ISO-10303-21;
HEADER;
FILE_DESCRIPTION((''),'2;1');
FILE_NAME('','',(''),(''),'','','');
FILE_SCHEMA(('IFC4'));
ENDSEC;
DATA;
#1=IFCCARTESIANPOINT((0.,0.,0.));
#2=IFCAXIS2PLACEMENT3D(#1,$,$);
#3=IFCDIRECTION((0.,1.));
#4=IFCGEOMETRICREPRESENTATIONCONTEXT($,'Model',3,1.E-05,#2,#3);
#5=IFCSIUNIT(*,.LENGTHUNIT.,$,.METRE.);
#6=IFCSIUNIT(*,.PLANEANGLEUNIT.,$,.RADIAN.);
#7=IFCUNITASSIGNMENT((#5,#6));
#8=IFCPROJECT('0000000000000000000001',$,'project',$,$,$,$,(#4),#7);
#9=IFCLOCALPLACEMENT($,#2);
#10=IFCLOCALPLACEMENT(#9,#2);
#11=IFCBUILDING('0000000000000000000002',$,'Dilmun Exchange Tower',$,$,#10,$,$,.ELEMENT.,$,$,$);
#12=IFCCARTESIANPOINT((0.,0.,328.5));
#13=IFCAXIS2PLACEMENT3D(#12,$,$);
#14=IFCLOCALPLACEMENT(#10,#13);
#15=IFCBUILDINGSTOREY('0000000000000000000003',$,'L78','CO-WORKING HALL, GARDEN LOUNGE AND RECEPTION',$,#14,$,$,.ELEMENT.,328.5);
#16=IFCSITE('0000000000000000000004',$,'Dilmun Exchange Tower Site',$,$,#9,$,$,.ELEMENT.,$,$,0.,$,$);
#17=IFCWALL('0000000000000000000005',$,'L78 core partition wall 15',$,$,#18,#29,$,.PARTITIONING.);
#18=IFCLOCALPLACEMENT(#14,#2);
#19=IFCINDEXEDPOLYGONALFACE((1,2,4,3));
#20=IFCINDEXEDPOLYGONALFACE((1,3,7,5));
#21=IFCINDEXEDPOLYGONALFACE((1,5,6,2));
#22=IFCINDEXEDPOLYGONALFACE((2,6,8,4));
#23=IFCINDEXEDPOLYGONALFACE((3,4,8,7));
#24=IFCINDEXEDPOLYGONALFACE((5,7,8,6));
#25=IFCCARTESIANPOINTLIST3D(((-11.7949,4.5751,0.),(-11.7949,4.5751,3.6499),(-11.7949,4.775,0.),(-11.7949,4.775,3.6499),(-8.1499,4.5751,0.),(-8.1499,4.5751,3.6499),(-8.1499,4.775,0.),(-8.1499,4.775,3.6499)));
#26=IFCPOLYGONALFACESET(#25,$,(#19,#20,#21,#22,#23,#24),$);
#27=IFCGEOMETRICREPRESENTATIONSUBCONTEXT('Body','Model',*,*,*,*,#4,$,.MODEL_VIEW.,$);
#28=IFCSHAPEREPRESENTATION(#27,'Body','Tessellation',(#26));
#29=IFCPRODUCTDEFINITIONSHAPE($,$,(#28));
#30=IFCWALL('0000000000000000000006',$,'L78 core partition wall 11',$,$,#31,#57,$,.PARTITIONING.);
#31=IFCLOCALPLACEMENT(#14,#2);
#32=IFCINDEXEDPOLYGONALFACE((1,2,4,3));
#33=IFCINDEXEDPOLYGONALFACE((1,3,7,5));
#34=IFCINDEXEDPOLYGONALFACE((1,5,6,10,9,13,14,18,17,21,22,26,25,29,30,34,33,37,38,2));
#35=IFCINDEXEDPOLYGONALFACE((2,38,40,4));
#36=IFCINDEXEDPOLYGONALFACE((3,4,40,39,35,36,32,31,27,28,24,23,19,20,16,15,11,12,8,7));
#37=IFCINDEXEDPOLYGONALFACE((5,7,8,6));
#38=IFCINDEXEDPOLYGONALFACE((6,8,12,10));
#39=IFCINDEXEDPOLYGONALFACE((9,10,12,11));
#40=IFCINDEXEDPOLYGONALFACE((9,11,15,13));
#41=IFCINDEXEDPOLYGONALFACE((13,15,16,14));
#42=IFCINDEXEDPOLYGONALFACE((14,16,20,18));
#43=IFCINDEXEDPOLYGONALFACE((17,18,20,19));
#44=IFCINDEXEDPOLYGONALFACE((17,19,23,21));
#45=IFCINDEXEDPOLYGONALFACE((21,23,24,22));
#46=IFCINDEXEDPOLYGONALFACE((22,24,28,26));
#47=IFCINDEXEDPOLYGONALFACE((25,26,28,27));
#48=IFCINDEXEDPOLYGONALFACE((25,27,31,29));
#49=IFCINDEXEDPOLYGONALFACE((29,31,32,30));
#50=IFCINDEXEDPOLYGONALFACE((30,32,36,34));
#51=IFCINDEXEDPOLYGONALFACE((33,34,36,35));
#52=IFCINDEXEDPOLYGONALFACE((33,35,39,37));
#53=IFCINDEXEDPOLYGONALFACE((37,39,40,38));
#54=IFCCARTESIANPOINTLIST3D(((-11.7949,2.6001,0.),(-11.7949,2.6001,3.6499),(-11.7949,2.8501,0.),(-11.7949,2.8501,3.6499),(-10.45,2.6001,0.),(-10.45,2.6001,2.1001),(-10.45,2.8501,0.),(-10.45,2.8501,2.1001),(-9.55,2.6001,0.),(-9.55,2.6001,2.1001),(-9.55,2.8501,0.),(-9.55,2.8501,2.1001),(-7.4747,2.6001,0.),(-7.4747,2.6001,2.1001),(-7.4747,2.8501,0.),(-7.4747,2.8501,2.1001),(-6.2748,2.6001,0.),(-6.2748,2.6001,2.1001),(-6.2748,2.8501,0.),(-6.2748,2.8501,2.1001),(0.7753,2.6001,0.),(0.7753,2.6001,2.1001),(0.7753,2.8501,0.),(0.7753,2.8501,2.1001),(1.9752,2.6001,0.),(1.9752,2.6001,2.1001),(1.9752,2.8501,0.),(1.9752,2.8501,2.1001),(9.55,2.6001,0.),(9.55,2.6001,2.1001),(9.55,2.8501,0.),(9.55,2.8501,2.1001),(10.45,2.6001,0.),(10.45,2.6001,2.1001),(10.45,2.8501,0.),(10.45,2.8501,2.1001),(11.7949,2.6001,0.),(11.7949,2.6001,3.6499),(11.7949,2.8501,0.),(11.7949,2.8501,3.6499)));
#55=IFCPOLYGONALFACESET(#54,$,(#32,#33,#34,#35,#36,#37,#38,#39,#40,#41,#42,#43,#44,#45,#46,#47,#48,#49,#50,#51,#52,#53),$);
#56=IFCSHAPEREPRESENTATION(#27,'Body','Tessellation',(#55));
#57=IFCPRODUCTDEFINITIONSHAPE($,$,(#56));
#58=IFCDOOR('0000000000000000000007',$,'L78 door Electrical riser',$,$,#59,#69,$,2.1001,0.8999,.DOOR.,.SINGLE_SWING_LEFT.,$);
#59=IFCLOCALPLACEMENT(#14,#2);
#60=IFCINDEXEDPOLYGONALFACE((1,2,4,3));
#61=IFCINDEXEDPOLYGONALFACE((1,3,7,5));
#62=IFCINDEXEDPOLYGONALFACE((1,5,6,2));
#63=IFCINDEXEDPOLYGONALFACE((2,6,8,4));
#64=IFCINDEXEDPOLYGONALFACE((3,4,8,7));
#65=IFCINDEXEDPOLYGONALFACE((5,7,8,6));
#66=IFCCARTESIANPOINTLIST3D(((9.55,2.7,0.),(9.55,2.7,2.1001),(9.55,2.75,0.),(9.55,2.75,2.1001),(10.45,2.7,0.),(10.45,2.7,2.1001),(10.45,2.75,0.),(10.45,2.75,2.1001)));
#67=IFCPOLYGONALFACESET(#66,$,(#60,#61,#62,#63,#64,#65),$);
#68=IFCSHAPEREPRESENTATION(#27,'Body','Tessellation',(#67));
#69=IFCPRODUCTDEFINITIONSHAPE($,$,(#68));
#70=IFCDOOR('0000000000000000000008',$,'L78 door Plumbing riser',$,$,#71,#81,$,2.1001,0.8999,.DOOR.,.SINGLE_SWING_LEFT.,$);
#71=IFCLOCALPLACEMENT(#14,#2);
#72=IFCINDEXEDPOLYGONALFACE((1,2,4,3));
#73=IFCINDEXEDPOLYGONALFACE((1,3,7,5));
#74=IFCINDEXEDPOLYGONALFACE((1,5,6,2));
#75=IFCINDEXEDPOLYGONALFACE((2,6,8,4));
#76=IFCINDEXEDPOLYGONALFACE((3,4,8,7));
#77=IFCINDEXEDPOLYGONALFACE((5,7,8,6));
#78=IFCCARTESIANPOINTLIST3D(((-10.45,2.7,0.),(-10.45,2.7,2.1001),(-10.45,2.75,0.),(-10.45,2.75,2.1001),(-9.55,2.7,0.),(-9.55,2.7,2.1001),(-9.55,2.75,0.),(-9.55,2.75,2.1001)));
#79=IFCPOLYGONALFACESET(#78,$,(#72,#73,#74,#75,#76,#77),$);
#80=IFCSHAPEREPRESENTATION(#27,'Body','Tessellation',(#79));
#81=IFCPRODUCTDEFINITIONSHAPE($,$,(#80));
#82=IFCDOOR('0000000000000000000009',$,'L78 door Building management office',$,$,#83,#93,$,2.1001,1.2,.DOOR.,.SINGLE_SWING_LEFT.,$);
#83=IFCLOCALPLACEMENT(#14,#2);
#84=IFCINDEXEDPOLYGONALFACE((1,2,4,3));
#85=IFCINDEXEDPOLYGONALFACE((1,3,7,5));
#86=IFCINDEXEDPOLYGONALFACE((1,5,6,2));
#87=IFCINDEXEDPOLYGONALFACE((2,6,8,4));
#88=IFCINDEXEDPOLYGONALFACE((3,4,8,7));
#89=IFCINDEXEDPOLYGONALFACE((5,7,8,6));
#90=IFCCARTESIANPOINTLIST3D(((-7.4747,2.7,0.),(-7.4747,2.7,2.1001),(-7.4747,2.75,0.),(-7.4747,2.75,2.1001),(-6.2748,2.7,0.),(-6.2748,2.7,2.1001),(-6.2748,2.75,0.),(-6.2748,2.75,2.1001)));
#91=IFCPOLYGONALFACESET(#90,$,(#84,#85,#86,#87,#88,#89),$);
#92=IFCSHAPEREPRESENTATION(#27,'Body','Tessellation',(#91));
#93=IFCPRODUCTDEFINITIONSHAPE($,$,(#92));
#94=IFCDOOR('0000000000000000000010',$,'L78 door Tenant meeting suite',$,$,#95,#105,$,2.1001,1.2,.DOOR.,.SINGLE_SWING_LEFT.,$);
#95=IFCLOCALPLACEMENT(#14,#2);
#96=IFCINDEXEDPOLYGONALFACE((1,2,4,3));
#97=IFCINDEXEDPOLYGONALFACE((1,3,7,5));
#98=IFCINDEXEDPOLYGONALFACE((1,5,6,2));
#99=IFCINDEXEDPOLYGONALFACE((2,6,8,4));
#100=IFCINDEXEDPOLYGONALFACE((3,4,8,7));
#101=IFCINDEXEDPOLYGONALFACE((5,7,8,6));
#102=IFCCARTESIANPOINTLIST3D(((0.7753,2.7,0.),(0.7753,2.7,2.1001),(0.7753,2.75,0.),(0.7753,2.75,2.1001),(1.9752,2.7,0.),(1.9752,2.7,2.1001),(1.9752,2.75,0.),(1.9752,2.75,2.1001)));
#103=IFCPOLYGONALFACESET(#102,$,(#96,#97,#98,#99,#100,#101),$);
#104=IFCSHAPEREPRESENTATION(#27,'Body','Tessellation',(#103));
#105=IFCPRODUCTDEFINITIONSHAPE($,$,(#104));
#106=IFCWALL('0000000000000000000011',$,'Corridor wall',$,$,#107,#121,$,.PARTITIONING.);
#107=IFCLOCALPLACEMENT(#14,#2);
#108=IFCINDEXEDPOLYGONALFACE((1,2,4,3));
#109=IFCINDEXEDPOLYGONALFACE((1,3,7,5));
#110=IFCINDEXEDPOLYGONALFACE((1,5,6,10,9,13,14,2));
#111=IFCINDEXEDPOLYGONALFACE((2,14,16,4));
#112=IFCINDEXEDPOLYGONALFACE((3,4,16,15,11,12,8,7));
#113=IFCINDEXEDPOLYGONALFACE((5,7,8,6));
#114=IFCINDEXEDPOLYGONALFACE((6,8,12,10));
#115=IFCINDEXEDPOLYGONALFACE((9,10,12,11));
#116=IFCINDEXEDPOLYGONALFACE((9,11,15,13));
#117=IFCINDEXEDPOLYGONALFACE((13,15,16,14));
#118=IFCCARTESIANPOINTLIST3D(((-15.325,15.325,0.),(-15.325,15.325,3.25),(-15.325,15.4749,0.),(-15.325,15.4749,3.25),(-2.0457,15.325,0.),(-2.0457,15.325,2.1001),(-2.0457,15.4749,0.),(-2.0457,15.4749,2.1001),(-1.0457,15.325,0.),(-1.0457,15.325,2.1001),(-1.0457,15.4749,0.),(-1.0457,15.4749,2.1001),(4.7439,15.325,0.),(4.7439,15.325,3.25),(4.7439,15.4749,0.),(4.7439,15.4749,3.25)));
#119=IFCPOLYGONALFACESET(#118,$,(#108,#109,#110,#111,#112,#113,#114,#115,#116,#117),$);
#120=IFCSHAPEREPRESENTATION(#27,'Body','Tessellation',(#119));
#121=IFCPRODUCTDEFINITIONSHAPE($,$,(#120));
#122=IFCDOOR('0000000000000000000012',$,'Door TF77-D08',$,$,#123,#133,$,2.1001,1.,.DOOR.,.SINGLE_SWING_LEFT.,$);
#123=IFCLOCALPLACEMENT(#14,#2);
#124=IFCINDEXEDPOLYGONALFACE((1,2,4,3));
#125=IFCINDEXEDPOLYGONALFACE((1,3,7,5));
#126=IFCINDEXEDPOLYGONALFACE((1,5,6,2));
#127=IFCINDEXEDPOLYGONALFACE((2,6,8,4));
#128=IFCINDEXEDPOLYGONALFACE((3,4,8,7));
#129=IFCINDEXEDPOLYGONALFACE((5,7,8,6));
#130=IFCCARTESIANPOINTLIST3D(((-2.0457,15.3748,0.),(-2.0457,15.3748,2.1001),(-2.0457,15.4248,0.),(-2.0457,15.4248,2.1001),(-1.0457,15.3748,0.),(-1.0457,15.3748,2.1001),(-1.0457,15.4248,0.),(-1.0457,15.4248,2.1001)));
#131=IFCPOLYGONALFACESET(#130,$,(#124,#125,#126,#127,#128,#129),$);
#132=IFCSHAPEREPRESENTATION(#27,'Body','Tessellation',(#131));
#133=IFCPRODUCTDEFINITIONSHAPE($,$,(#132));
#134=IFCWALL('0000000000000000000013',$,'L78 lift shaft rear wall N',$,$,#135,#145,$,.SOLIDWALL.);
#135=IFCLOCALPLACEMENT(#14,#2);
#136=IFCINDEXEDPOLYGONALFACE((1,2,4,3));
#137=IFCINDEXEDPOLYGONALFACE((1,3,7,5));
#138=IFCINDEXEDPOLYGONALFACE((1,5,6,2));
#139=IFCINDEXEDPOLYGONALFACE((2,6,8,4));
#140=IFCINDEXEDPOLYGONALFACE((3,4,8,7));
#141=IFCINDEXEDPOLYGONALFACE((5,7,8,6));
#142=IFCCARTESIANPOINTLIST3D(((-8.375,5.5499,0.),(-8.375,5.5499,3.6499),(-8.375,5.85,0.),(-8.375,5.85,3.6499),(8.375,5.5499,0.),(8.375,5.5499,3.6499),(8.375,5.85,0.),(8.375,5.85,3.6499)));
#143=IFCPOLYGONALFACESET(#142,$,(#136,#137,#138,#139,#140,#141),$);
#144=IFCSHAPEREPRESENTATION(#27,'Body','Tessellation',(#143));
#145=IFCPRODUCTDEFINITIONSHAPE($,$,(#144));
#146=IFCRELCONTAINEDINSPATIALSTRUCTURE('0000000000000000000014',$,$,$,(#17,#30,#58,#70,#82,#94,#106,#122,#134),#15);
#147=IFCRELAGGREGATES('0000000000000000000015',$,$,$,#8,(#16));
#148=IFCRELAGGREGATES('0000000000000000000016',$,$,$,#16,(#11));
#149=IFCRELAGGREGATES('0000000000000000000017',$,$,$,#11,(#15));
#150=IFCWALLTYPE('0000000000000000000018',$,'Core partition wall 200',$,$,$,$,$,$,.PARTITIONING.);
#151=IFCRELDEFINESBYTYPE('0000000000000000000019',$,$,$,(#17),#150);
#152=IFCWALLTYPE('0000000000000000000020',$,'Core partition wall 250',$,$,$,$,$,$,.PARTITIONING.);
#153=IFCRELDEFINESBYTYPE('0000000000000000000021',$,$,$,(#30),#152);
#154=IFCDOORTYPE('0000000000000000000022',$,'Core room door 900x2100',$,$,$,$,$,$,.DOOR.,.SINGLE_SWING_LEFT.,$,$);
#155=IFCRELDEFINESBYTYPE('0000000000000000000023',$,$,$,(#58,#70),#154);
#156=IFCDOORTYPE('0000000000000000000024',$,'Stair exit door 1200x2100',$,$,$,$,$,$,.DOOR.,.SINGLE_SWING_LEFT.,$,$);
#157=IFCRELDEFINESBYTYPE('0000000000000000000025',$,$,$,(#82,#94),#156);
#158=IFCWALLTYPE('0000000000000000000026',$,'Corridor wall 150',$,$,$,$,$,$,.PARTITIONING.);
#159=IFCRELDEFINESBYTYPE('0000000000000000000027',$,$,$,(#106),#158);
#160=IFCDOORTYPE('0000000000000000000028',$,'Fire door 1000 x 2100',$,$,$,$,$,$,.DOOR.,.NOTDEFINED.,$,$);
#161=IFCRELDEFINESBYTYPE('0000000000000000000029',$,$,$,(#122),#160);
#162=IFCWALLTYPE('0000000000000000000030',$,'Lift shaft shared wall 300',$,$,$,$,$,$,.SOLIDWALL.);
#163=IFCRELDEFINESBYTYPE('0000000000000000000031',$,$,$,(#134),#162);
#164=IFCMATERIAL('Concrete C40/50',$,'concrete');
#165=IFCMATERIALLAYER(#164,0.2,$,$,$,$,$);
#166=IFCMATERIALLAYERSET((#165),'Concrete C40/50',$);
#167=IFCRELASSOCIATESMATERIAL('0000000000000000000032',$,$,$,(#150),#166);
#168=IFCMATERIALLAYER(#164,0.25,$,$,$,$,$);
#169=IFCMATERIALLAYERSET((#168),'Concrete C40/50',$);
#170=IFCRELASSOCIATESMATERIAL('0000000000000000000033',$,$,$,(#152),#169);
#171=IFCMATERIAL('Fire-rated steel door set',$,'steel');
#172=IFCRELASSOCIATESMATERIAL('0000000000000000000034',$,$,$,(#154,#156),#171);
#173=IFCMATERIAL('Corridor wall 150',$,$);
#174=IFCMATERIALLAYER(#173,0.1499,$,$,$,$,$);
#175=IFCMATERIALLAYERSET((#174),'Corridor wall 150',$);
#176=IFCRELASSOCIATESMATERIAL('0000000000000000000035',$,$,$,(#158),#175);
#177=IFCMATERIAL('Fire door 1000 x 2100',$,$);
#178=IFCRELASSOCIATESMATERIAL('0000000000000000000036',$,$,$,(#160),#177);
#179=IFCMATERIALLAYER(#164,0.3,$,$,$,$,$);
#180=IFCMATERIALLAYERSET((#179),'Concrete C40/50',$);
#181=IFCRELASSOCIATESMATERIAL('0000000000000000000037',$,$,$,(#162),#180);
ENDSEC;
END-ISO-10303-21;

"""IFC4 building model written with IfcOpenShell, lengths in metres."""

from ifc_helpers import new_model, si_unit, direction, frame, frame_2d, origin, place, context, subcontext, project, spatial, rectangle, extrude, material, layer, layer_set, type_object, element, fill, save


model = new_model("IFC4")

# Units and contexts
model_context = context("Model", 3, precision=1e-05, world=origin(), true_north=direction((0.0, 1.0)))
body_context = subcontext(model_context, "Body", "Model", "MODEL_VIEW")
ifc_project = project(units=[si_unit("LENGTHUNIT", "METRE"), si_unit("PLANEANGLEUNIT", "RADIAN")], contexts=[model_context])

# Site, building, storey
site_placement = place(None, origin())
site = spatial("IfcSite", under=ifc_project, at=site_placement, Name="Dilmun Exchange Tower Site", CompositionType="ELEMENT", RefElevation=0.0)
building_placement = place(site_placement, origin())
building = spatial("IfcBuilding", under=site, at=building_placement, Name="Dilmun Exchange Tower", CompositionType="ELEMENT")
storey_placement = place(building_placement, frame((0.0, 0.0, 328.5)))
storey = spatial("IfcBuildingStorey", under=building, at=storey_placement, Name="L78", Description="CO-WORKING HALL, GARDEN LOUNGE AND RECEPTION", CompositionType="ELEMENT", Elevation=328.5)

# Wall
ifc_material_1 = material(Name="Concrete C40/50", Category="concrete")
ifc_layer_1 = layer(ifc_material_1, 0.2)
ifc_layer_set_1 = layer_set([ifc_layer_1], Name="Concrete C40/50")
wall_type_1 = type_object("IfcWallType", Name="Core partition wall 200", PredefinedType="PARTITIONING", material=ifc_layer_set_1)
wall_1_placement = place(storey_placement, frame((-11.7949, 4.675, 0.0), z_axis=(0.0, 0.0, 1.0), x_axis=(1.0, 0.0, 0.0)))
element("IfcWall", 1, at=wall_1_placement, inside=storey, type_object=wall_type_1, Name="L78 core partition wall 15", PredefinedType="PARTITIONING", context=body_context, shape_type="SweptSolid", body=[
    extrude(rectangle(XDim=3.645, YDim=0.2, at=frame_2d((1.8225, 0.0))), origin(), (0.0, 0.0, 1.0), 3.6499),
])

# Wall, openings, doors
ifc_layer_2 = layer(ifc_material_1, 0.25)
ifc_layer_set_2 = layer_set([ifc_layer_2], Name="Concrete C40/50")
wall_type_2 = type_object("IfcWallType", Name="Core partition wall 250", PredefinedType="PARTITIONING", material=ifc_layer_set_2)
wall_2_placement = place(storey_placement, frame((-11.7949, 2.7251, 0.0), z_axis=(0.0, 0.0, 1.0), x_axis=(1.0, 0.0, 0.0)))
wall_2 = element("IfcWall", 2, at=wall_2_placement, inside=storey, type_object=wall_type_2, Name="L78 core partition wall 11", PredefinedType="PARTITIONING", context=body_context, shape_type="SweptSolid", body=[
    extrude(rectangle(XDim=23.5898, YDim=0.25, at=frame_2d((11.7949, 0.0))), origin(), (0.0, 0.0, 1.0), 3.6499),
])
opening_1_placement = place(wall_2_placement, frame((21.345, 0.0, 0.0)))
opening_1 = element("IfcOpeningElement", 3, at=opening_1_placement, cuts=wall_2, PredefinedType="OPENING", context=body_context, shape_type="SweptSolid", body=[
    extrude(rectangle(XDim=0.8999, YDim=2.1001, at=frame_2d((0.45, 1.05))), frame((0.0, 0.135, 0.0), z_axis=(0.0, -1.0, 0.0), x_axis=(1.0, 0.0, 0.0)), (0.0, 0.0, 1.0), 0.27),
])
opening_2_placement = place(wall_2_placement, frame((1.345, 0.0, 0.0)))
opening_2 = element("IfcOpeningElement", 4, at=opening_2_placement, cuts=wall_2, PredefinedType="OPENING", context=body_context, shape_type="SweptSolid", body=[
    extrude(rectangle(XDim=0.8999, YDim=2.1001, at=frame_2d((0.45, 1.05))), frame((0.0, 0.135, 0.0), z_axis=(0.0, -1.0, 0.0), x_axis=(1.0, 0.0, 0.0)), (0.0, 0.0, 1.0), 0.27),
])
opening_3_placement = place(wall_2_placement, frame((4.3201, 0.0, 0.0)))
opening_3 = element("IfcOpeningElement", 5, at=opening_3_placement, cuts=wall_2, PredefinedType="OPENING", context=body_context, shape_type="SweptSolid", body=[
    extrude(rectangle(XDim=1.2, YDim=2.1001, at=frame_2d((0.6001, 1.05))), frame((0.0, 0.135, 0.0), z_axis=(0.0, -1.0, 0.0), x_axis=(1.0, 0.0, 0.0)), (0.0, 0.0, 1.0), 0.27),
])
opening_4_placement = place(wall_2_placement, frame((12.5701, 0.0, 0.0)))
opening_4 = element("IfcOpeningElement", 6, at=opening_4_placement, cuts=wall_2, PredefinedType="OPENING", context=body_context, shape_type="SweptSolid", body=[
    extrude(rectangle(XDim=1.2, YDim=2.1001, at=frame_2d((0.6001, 1.05))), frame((0.0, 0.135, 0.0), z_axis=(0.0, -1.0, 0.0), x_axis=(1.0, 0.0, 0.0)), (0.0, 0.0, 1.0), 0.27),
])
ifc_material_2 = material(Name="Fire-rated steel door set", Category="steel")
door_type_1 = type_object("IfcDoorType", Name="Core room door 900x2100", OperationType="SINGLE_SWING_LEFT", PredefinedType="DOOR", material=ifc_material_2)
door_1_placement = place(opening_1_placement, origin())
door_1 = element("IfcDoor", 7, at=door_1_placement, inside=storey, type_object=door_type_1, Name="L78 door Electrical riser", OperationType="SINGLE_SWING_LEFT", OverallHeight=2.1001, OverallWidth=0.8999, PredefinedType="DOOR", context=body_context, shape_type="SweptSolid", body=[
    extrude(rectangle(XDim=0.8999, YDim=2.1001, at=frame_2d((0.45, 1.05))), frame((0.0, 0.0249, 0.0), z_axis=(0.0, -1.0, 0.0), x_axis=(1.0, 0.0, 0.0)), (0.0, 0.0, 1.0), 0.05),
])
fill(opening_1, door_1)
door_2_placement = place(opening_2_placement, origin())
door_2 = element("IfcDoor", 8, at=door_2_placement, inside=storey, type_object=door_type_1, Name="L78 door Plumbing riser", OperationType="SINGLE_SWING_LEFT", OverallHeight=2.1001, OverallWidth=0.8999, PredefinedType="DOOR", context=body_context, shape_type="SweptSolid", body=[
    extrude(rectangle(XDim=0.8999, YDim=2.1001, at=frame_2d((0.45, 1.05))), frame((0.0, 0.0249, 0.0), z_axis=(0.0, -1.0, 0.0), x_axis=(1.0, 0.0, 0.0)), (0.0, 0.0, 1.0), 0.05),
])
fill(opening_2, door_2)
door_type_2 = type_object("IfcDoorType", Name="Stair exit door 1200x2100", OperationType="SINGLE_SWING_LEFT", PredefinedType="DOOR", material=ifc_material_2)
door_3_placement = place(opening_3_placement, origin())
door_3 = element("IfcDoor", 9, at=door_3_placement, inside=storey, type_object=door_type_2, Name="L78 door Building management office", OperationType="SINGLE_SWING_LEFT", OverallHeight=2.1001, OverallWidth=1.2, PredefinedType="DOOR", context=body_context, shape_type="SweptSolid", body=[
    extrude(rectangle(XDim=1.2, YDim=2.1001, at=frame_2d((0.6001, 1.05))), frame((0.0, 0.0249, 0.0), z_axis=(0.0, -1.0, 0.0), x_axis=(1.0, 0.0, 0.0)), (0.0, 0.0, 1.0), 0.05),
])
fill(opening_3, door_3)
door_4_placement = place(opening_4_placement, origin())
door_4 = element("IfcDoor", 10, at=door_4_placement, inside=storey, type_object=door_type_2, Name="L78 door Tenant meeting suite", OperationType="SINGLE_SWING_LEFT", OverallHeight=2.1001, OverallWidth=1.2, PredefinedType="DOOR", context=body_context, shape_type="SweptSolid", body=[
    extrude(rectangle(XDim=1.2, YDim=2.1001, at=frame_2d((0.6001, 1.05))), frame((0.0, 0.0249, 0.0), z_axis=(0.0, -1.0, 0.0), x_axis=(1.0, 0.0, 0.0)), (0.0, 0.0, 1.0), 0.05),
])
fill(opening_4, door_4)

# Wall, opening, door
ifc_material_3 = material(Name="Corridor wall 150")
ifc_layer_3 = layer(ifc_material_3, 0.1499)
ifc_layer_set_3 = layer_set([ifc_layer_3], Name="Corridor wall 150")
wall_type_3 = type_object("IfcWallType", Name="Corridor wall 150", PredefinedType="PARTITIONING", material=ifc_layer_set_3)
wall_3_placement = place(storey_placement, frame((-15.325, 15.3999, 0.0), z_axis=(0.0, 0.0, 1.0), x_axis=(1.0, 0.0, 0.0)))
wall_3 = element("IfcWall", 11, at=wall_3_placement, inside=storey, type_object=wall_type_3, Name="Corridor wall", PredefinedType="PARTITIONING", context=body_context, shape_type="SweptSolid", body=[
    extrude(rectangle(XDim=20.0688, YDim=0.1499, at=frame_2d((10.0344, 0.0))), origin(), (0.0, 0.0, 1.0), 3.25),
])
opening_5_placement = place(wall_3_placement, frame((13.2793, 0.0, 0.0)))
opening_5 = element("IfcOpeningElement", 12, at=opening_5_placement, cuts=wall_3, PredefinedType="OPENING", context=body_context, shape_type="SweptSolid", body=[
    extrude(rectangle(XDim=1.0, YDim=2.1001, at=frame_2d((0.5, 1.05))), frame((0.0, 0.085, 0.0), z_axis=(0.0, -1.0, 0.0), x_axis=(1.0, 0.0, 0.0)), (0.0, 0.0, 1.0), 0.1699),
])
ifc_material_4 = material(Name="Fire door 1000 x 2100")
door_type_3 = type_object("IfcDoorType", Name="Fire door 1000 x 2100", OperationType="NOTDEFINED", PredefinedType="DOOR", material=ifc_material_4)
door_5_placement = place(opening_5_placement, origin())
door_5 = element("IfcDoor", 13, at=door_5_placement, inside=storey, type_object=door_type_3, Name="Door TF77-D08", OperationType="SINGLE_SWING_LEFT", OverallHeight=2.1001, OverallWidth=1.0, PredefinedType="DOOR", context=body_context, shape_type="SweptSolid", body=[
    extrude(rectangle(XDim=1.0, YDim=2.1001, at=frame_2d((0.5, 1.05))), frame((0.0, 0.0249, 0.0), z_axis=(0.0, -1.0, 0.0), x_axis=(1.0, 0.0, 0.0)), (0.0, 0.0, 1.0), 0.05),
])
fill(opening_5, door_5)

# Wall
ifc_layer_4 = layer(ifc_material_1, 0.3)
ifc_layer_set_4 = layer_set([ifc_layer_4], Name="Concrete C40/50")
wall_type_4 = type_object("IfcWallType", Name="Lift shaft shared wall 300", PredefinedType="SOLIDWALL", material=ifc_layer_set_4)
wall_4_placement = place(storey_placement, frame((-8.375, 5.7, 0.0), z_axis=(0.0, 0.0, 1.0), x_axis=(1.0, 0.0, 0.0)))
element("IfcWall", 14, at=wall_4_placement, inside=storey, type_object=wall_type_4, Name="L78 lift shaft rear wall N", PredefinedType="SOLIDWALL", context=body_context, shape_type="SweptSolid", body=[
    extrude(rectangle(XDim=16.75, YDim=0.3, at=frame_2d((8.375, 0.0))), origin(), (0.0, 0.0, 1.0), 3.6499),
])

save(model, "model.ifc")
